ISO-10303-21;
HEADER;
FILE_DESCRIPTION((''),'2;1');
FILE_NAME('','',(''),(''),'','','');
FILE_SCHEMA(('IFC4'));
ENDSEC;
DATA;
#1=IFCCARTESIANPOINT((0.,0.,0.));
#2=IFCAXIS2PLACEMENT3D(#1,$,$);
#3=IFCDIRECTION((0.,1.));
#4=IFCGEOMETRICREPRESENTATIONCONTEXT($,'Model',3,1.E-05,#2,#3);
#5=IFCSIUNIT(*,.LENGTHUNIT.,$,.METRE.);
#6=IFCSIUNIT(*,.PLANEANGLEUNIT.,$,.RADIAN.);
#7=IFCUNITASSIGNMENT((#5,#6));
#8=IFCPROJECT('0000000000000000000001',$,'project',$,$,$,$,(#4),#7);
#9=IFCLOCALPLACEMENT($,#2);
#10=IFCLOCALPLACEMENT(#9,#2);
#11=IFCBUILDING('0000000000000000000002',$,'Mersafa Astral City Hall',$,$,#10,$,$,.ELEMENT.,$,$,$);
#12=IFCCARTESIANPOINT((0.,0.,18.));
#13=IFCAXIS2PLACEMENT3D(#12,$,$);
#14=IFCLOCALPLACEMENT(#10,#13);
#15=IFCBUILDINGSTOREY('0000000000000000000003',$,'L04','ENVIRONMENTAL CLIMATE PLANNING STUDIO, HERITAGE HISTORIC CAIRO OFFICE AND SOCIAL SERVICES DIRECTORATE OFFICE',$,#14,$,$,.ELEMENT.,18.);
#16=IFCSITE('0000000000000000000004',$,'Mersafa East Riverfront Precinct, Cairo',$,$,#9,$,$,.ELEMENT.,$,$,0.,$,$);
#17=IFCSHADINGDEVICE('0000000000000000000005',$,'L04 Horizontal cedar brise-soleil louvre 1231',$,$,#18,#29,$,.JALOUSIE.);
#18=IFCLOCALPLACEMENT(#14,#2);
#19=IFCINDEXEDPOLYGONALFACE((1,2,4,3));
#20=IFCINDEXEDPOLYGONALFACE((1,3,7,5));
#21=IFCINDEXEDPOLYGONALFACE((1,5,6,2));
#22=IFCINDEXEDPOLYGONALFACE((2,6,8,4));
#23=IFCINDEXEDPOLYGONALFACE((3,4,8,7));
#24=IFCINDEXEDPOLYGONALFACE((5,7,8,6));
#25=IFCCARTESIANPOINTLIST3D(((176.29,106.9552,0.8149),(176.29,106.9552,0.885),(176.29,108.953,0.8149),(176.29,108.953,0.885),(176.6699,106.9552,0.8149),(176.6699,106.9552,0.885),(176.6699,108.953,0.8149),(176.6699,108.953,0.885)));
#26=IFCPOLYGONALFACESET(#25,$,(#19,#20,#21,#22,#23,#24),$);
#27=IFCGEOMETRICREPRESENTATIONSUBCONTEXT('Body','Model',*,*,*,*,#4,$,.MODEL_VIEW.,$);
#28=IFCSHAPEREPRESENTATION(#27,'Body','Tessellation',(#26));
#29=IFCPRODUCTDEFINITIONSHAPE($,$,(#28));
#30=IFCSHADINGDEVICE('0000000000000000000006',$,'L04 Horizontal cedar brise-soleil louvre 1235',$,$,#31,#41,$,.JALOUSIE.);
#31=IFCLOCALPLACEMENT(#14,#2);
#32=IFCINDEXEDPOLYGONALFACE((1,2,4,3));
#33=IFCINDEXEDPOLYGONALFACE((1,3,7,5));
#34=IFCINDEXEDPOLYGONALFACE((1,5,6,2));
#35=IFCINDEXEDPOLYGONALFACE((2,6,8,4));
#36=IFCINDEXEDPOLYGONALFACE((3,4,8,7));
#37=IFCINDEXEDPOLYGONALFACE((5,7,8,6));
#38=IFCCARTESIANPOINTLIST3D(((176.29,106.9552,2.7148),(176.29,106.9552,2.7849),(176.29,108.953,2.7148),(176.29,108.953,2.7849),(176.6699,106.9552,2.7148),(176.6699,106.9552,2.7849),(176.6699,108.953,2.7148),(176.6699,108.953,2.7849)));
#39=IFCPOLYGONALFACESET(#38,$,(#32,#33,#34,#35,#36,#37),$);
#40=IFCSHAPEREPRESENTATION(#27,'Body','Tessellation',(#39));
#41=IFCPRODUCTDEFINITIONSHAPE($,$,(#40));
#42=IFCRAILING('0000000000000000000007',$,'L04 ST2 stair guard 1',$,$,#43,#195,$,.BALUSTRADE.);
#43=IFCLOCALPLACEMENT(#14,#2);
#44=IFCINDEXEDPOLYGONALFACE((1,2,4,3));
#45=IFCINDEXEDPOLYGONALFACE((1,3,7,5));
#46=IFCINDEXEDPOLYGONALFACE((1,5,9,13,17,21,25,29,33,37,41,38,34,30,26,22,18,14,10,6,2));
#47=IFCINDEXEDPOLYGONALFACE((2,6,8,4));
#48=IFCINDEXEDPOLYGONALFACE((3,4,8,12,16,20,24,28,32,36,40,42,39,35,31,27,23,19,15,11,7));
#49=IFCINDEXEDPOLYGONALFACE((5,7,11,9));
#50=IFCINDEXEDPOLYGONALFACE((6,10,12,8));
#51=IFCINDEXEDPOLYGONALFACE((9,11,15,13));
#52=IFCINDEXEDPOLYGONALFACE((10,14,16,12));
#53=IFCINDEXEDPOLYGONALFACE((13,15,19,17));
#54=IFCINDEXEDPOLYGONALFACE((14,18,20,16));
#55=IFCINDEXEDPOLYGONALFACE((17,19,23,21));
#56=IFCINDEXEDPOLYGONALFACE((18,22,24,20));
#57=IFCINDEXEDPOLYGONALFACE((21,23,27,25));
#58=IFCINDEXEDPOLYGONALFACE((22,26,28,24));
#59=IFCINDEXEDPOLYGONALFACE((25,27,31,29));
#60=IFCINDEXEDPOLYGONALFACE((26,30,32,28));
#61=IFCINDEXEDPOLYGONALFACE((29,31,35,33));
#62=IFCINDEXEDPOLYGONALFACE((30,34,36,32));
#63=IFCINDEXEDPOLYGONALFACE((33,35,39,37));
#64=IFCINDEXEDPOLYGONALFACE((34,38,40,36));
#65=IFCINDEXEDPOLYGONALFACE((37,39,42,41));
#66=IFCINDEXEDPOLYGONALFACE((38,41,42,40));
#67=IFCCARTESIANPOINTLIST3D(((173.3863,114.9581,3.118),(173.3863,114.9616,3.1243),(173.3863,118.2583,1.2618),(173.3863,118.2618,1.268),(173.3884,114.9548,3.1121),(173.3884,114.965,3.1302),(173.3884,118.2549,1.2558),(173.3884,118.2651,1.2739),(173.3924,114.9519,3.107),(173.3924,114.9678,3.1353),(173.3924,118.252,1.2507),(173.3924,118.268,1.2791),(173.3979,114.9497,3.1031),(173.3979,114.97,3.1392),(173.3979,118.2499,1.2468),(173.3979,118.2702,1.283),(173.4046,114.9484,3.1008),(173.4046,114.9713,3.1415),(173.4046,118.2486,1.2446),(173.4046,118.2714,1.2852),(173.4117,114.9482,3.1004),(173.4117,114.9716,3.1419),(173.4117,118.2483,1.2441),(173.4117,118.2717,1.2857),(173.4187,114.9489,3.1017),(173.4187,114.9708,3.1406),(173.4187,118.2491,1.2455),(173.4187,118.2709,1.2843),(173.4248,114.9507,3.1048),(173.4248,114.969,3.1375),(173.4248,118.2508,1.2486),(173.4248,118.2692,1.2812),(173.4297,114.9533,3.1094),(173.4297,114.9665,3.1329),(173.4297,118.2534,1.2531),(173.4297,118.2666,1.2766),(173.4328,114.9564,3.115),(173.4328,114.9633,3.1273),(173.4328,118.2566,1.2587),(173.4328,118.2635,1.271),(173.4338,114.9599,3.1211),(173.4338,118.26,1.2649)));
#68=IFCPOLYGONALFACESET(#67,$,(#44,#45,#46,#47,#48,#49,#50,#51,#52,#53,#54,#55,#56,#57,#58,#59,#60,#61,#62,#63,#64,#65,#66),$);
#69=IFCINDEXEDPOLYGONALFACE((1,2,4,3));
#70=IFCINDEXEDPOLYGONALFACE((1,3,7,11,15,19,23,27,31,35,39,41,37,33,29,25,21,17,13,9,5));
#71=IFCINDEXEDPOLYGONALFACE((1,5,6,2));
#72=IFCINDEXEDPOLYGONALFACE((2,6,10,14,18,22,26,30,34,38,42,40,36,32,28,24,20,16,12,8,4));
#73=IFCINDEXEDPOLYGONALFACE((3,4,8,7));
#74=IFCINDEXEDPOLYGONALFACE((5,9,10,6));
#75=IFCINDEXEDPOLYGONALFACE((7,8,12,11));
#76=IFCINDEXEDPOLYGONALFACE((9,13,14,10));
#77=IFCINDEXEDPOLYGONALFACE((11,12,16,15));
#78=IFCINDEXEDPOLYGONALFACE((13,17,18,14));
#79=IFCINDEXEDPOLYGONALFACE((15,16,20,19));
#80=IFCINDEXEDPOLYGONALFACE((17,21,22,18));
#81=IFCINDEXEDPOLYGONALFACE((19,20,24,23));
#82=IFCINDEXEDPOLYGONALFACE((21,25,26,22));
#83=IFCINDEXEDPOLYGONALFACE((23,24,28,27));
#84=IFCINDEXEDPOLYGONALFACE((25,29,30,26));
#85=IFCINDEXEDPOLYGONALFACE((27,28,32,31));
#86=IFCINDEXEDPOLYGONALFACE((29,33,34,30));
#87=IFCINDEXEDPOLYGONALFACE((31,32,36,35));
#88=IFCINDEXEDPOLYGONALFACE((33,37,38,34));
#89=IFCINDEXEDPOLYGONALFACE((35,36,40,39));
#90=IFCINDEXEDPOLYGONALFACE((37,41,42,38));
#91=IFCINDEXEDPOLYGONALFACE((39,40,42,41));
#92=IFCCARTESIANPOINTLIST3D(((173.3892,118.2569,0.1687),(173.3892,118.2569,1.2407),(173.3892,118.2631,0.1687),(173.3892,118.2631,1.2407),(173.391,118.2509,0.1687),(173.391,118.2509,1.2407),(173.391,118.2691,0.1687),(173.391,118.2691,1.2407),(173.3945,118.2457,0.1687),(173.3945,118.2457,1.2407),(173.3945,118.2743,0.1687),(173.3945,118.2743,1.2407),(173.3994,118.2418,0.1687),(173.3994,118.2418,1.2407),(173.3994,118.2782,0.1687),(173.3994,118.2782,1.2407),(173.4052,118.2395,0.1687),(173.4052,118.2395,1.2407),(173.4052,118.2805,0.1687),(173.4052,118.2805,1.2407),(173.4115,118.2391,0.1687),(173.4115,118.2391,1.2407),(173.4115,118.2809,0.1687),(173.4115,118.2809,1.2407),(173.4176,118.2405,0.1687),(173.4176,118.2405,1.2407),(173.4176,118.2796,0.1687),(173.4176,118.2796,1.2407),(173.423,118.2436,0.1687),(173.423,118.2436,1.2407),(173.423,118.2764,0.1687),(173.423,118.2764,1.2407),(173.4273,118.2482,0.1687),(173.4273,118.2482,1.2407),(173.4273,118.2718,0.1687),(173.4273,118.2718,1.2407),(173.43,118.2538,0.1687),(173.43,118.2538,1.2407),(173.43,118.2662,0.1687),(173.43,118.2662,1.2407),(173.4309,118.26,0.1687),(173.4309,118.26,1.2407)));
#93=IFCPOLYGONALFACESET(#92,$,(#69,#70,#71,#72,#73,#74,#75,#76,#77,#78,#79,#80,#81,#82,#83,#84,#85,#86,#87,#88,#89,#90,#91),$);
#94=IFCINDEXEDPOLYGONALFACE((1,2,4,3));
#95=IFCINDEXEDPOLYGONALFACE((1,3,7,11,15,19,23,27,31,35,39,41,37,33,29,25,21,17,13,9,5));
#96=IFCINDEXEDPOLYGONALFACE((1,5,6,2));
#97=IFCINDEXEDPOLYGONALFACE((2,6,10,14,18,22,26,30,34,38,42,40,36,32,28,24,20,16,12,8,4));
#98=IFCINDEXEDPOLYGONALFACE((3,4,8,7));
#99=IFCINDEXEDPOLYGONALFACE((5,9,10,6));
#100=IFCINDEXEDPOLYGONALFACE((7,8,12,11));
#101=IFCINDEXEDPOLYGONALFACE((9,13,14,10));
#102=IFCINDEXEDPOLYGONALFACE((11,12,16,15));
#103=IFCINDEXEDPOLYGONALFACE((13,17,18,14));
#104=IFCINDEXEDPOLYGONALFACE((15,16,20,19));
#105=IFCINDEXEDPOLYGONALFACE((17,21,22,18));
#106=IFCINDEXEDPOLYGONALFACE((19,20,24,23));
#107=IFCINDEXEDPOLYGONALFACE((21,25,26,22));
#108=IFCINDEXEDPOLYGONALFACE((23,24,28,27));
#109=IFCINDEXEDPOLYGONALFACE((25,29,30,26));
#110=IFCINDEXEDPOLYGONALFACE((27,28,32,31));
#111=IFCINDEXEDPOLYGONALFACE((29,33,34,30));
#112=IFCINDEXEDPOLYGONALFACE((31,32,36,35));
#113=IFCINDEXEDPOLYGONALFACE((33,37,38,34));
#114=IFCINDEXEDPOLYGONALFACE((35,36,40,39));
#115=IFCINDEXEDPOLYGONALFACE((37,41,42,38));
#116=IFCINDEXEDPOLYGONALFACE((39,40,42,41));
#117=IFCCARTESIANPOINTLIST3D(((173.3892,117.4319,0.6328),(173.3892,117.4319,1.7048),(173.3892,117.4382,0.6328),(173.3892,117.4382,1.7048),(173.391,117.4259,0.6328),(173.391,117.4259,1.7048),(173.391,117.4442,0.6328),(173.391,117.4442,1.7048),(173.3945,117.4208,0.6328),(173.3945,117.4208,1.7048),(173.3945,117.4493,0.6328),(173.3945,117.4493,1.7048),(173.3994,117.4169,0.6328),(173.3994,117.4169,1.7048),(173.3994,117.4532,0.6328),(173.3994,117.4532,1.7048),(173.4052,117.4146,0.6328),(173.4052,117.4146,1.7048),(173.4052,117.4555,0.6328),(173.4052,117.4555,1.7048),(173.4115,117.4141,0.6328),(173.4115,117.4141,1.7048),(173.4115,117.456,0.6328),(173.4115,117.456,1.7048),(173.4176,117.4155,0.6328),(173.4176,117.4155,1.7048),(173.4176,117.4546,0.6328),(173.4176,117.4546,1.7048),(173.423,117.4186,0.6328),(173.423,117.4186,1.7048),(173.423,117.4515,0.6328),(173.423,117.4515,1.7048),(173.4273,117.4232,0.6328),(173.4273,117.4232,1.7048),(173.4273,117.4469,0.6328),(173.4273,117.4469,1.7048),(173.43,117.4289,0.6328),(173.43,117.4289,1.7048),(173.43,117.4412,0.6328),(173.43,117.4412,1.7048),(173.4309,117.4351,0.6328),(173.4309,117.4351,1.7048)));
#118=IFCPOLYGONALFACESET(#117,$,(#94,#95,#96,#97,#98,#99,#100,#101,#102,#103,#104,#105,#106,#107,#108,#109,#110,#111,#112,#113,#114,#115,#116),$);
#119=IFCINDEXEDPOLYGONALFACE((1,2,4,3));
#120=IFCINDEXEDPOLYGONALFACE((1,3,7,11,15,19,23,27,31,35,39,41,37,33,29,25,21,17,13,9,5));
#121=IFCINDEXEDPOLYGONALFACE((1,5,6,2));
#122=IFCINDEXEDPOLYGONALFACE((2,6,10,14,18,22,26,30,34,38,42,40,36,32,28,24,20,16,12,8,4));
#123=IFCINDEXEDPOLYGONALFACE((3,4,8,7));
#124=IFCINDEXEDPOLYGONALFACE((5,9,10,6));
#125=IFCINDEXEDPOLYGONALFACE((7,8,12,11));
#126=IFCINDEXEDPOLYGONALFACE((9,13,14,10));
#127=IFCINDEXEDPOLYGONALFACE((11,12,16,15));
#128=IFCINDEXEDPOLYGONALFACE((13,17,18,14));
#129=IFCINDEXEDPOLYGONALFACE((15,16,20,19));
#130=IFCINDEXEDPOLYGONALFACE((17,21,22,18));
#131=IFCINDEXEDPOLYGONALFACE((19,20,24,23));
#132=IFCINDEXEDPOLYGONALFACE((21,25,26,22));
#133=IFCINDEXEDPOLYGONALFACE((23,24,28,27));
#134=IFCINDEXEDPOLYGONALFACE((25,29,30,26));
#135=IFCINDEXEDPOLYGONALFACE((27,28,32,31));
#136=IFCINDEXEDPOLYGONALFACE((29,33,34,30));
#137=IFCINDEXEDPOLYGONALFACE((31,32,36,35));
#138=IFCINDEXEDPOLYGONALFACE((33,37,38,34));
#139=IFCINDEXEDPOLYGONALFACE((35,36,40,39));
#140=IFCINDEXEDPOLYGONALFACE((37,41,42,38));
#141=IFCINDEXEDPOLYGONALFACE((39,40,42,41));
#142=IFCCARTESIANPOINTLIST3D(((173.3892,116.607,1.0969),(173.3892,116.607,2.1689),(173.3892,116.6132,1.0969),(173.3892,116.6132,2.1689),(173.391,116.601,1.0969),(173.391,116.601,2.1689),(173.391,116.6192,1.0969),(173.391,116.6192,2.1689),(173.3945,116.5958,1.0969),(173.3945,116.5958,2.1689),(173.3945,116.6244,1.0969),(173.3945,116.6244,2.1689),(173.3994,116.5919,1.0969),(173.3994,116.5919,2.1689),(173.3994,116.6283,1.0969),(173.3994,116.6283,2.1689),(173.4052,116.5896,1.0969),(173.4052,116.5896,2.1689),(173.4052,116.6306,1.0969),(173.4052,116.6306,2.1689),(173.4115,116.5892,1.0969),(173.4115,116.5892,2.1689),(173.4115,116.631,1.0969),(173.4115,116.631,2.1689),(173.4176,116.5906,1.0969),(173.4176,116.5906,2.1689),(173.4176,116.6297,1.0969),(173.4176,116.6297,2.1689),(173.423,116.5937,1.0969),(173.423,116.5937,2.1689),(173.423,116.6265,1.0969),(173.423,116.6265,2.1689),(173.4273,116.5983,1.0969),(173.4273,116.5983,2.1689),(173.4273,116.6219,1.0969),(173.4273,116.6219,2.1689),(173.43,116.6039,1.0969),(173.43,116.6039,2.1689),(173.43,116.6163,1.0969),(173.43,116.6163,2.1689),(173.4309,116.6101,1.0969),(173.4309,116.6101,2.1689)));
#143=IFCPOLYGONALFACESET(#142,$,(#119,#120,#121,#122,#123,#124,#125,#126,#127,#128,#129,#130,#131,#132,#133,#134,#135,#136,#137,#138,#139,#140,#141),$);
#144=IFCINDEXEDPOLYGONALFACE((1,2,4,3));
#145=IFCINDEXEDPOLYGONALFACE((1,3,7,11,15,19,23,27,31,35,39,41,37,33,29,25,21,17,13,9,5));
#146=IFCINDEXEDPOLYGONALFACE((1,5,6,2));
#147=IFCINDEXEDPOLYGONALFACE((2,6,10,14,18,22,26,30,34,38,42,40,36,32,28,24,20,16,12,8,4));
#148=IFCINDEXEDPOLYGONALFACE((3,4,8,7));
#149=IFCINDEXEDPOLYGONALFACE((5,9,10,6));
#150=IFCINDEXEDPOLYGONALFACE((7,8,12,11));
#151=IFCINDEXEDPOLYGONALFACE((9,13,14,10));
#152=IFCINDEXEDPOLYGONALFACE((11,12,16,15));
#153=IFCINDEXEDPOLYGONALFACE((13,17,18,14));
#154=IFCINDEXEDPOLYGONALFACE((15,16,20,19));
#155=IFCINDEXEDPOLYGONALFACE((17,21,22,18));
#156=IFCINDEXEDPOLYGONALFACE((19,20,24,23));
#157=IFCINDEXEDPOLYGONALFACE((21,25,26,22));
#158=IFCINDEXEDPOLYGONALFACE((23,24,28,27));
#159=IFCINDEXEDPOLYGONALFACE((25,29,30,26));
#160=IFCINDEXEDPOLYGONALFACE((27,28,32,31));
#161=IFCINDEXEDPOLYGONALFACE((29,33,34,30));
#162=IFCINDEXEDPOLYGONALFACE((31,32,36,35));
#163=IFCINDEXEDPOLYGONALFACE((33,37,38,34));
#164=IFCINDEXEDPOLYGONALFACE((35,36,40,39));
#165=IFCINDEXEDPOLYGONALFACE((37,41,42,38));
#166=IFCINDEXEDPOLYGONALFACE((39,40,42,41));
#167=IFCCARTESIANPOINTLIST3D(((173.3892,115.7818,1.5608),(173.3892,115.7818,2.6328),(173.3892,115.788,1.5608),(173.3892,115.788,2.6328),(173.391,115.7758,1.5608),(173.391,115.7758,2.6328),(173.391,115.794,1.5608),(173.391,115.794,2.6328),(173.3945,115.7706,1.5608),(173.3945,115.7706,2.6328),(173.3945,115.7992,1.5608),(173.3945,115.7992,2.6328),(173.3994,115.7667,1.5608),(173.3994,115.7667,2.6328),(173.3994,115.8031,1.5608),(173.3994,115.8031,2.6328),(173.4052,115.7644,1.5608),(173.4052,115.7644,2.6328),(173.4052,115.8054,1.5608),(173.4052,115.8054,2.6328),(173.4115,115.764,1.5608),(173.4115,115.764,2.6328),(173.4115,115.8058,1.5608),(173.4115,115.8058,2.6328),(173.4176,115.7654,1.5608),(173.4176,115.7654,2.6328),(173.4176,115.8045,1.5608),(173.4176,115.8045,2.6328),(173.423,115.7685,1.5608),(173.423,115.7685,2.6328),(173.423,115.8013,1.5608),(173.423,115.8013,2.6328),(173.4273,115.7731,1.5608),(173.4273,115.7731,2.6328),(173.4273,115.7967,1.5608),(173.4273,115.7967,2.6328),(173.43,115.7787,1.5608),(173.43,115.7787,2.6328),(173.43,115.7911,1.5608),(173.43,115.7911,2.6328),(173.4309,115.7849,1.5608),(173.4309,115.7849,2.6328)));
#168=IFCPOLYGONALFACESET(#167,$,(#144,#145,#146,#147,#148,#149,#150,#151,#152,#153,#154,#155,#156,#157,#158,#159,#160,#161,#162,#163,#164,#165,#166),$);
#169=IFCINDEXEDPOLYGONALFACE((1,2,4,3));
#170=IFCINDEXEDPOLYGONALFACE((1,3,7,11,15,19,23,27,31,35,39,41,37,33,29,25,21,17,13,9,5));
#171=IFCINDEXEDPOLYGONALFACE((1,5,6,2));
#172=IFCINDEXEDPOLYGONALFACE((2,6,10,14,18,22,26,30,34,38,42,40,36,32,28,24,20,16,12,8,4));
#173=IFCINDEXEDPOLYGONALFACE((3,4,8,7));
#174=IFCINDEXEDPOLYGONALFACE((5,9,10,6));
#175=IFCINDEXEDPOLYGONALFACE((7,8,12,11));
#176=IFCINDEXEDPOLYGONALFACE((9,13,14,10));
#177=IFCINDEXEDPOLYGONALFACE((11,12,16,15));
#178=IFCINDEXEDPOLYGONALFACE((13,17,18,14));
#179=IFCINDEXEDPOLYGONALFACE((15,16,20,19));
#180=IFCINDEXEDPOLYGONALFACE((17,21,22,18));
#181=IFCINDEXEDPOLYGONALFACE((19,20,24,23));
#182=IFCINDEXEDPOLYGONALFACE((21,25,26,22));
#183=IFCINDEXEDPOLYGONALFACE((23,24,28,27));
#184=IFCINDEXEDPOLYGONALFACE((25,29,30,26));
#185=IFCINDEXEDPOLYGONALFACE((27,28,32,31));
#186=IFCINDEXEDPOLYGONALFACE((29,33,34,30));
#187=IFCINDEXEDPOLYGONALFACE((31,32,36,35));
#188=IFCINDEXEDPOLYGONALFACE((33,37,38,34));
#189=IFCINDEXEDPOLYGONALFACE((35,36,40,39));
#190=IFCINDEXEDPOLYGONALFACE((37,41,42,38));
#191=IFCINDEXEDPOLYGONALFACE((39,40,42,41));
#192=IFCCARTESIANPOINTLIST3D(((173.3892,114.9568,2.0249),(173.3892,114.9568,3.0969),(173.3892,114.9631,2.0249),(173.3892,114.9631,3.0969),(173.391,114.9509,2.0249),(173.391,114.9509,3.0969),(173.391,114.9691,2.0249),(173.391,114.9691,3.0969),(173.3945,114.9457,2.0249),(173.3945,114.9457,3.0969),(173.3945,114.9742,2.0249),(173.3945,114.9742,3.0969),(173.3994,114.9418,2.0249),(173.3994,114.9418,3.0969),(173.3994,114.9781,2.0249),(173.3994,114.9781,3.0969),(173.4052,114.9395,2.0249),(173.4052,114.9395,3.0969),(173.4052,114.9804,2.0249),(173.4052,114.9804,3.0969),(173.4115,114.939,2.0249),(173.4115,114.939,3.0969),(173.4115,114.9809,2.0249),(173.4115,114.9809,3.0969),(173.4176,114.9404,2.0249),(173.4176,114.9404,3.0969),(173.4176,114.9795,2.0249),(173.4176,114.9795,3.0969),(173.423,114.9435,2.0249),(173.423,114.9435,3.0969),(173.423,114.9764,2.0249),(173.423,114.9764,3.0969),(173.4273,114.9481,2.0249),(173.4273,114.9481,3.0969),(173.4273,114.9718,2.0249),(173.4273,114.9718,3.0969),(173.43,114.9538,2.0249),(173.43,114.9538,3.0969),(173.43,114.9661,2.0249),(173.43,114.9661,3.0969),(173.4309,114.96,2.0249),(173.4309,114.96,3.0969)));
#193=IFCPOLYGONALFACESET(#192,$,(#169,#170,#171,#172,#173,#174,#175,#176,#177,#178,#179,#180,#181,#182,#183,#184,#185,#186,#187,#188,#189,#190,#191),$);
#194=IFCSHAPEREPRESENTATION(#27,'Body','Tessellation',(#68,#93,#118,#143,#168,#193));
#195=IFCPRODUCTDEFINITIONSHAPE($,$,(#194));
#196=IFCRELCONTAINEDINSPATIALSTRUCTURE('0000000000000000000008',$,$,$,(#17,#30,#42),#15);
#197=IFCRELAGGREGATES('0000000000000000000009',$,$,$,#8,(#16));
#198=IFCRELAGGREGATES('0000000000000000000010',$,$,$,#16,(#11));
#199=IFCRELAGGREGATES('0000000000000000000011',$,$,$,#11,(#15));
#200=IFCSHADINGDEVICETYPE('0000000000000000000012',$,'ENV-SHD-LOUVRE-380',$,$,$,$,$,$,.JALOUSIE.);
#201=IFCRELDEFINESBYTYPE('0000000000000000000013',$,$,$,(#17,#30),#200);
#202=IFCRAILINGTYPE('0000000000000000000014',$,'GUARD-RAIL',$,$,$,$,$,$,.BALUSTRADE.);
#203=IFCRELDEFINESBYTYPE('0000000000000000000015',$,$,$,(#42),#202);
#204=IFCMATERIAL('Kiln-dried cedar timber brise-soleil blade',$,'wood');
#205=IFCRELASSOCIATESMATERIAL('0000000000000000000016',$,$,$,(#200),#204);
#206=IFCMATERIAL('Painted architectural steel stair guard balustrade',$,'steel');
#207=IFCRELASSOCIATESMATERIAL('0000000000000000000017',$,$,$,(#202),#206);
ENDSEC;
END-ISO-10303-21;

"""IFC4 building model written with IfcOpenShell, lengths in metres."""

from ifc_helpers import new_model, si_unit, direction, frame, origin, origin_2d, place, context, subcontext, project, spatial, rectangle, circle, extrude, material, type_object, element, save


model = new_model("IFC4")

# Units and contexts
model_context = context("Model", 3, precision=1e-05, world=origin(), true_north=direction((0.0, 1.0)))
body_context = subcontext(model_context, "Body", "Model", "MODEL_VIEW")
ifc_project = project(units=[si_unit("LENGTHUNIT", "METRE"), si_unit("PLANEANGLEUNIT", "RADIAN")], contexts=[model_context])

# Site, building, storey
site_placement = place(None, origin())
site = spatial("IfcSite", under=ifc_project, at=site_placement, Name="Mersafa East Riverfront Precinct, Cairo", CompositionType="ELEMENT", RefElevation=0.0)
building_placement = place(site_placement, origin())
building = spatial("IfcBuilding", under=site, at=building_placement, Name="Mersafa Astral City Hall", CompositionType="ELEMENT")
storey_placement = place(building_placement, frame((0.0, 0.0, 18.0)))
storey = spatial("IfcBuildingStorey", under=building, at=storey_placement, Name="L04", Description="ENVIRONMENTAL CLIMATE PLANNING STUDIO, HERITAGE HISTORIC CAIRO OFFICE AND SOCIAL SERVICES DIRECTORATE OFFICE", CompositionType="ELEMENT", Elevation=18.0)

# Shading devices
ifc_material_1 = material(Name="Kiln-dried cedar timber brise-soleil blade", Category="wood")
shading_device_type = type_object("IfcShadingDeviceType", Name="ENV-SHD-LOUVRE-380", PredefinedType="JALOUSIE", material=ifc_material_1)
for number, where, z_axis, x_axis, name in (
    (1, (176.48, 107.9541, 0.8149), (0.0, 0.0, 1.0), (0.0, 1.0, 0.0), "L04 Horizontal cedar brise-soleil louvre 1231"),
    (2, (176.48, 107.9541, 2.7148), (0.0, 0.0, 1.0), (0.0, 1.0, 0.0), "L04 Horizontal cedar brise-soleil louvre 1235"),
):
    element("IfcShadingDevice", number, at=place(storey_placement, frame(where, z_axis=z_axis, x_axis=x_axis)), inside=storey, type_object=shading_device_type, Name=name, PredefinedType="JALOUSIE", context=body_context, shape_type="SweptSolid", body=[
        extrude(rectangle(XDim=1.9978, YDim=0.3799, at=origin_2d()), origin(), (0.0, 0.0, 1.0), 0.0701),
    ])

# Railing
ifc_material_2 = material(Name="Painted architectural steel stair guard balustrade", Category="steel")
railing_type_1 = type_object("IfcRailingType", Name="GUARD-RAIL", PredefinedType="BALUSTRADE", material=ifc_material_2)
railing_1_placement = place(storey_placement, frame((173.4099, 118.26, 0.1687)))
element("IfcRailing", 3, at=railing_1_placement, inside=storey, type_object=railing_type_1, Name="L04 ST2 stair guard 1", PredefinedType="BALUSTRADE", context=body_context, shape_type="SweptSolid", body=[
    extrude(circle(Radius=0.0239, at=origin_2d()), frame((0.0, 0.0, 1.0962), z_axis=(0.0, -0.871584, 0.490246), x_axis=(1.0, 0.0, 0.0)), (0.0, 0.0, 1.0), 3.7864),
    extrude(circle(Radius=0.021, at=origin_2d()), origin(), (0.0, 0.0, 1.0), 1.072),
    extrude(circle(Radius=0.021, at=origin_2d()), frame((0.0, -0.825, 0.4641)), (0.0, 0.0, 1.0), 1.072),
    extrude(circle(Radius=0.021, at=origin_2d()), frame((0.0, -1.6499, 0.9282)), (0.0, 0.0, 1.0), 1.072),
    extrude(circle(Radius=0.021, at=origin_2d()), frame((0.0, -2.4751, 1.3921)), (0.0, 0.0, 1.0), 1.072),
    extrude(circle(Radius=0.021, at=origin_2d()), frame((0.0, -3.3, 1.8562)), (0.0, 0.0, 1.0), 1.072),
])

save(model, "model.ifc")
